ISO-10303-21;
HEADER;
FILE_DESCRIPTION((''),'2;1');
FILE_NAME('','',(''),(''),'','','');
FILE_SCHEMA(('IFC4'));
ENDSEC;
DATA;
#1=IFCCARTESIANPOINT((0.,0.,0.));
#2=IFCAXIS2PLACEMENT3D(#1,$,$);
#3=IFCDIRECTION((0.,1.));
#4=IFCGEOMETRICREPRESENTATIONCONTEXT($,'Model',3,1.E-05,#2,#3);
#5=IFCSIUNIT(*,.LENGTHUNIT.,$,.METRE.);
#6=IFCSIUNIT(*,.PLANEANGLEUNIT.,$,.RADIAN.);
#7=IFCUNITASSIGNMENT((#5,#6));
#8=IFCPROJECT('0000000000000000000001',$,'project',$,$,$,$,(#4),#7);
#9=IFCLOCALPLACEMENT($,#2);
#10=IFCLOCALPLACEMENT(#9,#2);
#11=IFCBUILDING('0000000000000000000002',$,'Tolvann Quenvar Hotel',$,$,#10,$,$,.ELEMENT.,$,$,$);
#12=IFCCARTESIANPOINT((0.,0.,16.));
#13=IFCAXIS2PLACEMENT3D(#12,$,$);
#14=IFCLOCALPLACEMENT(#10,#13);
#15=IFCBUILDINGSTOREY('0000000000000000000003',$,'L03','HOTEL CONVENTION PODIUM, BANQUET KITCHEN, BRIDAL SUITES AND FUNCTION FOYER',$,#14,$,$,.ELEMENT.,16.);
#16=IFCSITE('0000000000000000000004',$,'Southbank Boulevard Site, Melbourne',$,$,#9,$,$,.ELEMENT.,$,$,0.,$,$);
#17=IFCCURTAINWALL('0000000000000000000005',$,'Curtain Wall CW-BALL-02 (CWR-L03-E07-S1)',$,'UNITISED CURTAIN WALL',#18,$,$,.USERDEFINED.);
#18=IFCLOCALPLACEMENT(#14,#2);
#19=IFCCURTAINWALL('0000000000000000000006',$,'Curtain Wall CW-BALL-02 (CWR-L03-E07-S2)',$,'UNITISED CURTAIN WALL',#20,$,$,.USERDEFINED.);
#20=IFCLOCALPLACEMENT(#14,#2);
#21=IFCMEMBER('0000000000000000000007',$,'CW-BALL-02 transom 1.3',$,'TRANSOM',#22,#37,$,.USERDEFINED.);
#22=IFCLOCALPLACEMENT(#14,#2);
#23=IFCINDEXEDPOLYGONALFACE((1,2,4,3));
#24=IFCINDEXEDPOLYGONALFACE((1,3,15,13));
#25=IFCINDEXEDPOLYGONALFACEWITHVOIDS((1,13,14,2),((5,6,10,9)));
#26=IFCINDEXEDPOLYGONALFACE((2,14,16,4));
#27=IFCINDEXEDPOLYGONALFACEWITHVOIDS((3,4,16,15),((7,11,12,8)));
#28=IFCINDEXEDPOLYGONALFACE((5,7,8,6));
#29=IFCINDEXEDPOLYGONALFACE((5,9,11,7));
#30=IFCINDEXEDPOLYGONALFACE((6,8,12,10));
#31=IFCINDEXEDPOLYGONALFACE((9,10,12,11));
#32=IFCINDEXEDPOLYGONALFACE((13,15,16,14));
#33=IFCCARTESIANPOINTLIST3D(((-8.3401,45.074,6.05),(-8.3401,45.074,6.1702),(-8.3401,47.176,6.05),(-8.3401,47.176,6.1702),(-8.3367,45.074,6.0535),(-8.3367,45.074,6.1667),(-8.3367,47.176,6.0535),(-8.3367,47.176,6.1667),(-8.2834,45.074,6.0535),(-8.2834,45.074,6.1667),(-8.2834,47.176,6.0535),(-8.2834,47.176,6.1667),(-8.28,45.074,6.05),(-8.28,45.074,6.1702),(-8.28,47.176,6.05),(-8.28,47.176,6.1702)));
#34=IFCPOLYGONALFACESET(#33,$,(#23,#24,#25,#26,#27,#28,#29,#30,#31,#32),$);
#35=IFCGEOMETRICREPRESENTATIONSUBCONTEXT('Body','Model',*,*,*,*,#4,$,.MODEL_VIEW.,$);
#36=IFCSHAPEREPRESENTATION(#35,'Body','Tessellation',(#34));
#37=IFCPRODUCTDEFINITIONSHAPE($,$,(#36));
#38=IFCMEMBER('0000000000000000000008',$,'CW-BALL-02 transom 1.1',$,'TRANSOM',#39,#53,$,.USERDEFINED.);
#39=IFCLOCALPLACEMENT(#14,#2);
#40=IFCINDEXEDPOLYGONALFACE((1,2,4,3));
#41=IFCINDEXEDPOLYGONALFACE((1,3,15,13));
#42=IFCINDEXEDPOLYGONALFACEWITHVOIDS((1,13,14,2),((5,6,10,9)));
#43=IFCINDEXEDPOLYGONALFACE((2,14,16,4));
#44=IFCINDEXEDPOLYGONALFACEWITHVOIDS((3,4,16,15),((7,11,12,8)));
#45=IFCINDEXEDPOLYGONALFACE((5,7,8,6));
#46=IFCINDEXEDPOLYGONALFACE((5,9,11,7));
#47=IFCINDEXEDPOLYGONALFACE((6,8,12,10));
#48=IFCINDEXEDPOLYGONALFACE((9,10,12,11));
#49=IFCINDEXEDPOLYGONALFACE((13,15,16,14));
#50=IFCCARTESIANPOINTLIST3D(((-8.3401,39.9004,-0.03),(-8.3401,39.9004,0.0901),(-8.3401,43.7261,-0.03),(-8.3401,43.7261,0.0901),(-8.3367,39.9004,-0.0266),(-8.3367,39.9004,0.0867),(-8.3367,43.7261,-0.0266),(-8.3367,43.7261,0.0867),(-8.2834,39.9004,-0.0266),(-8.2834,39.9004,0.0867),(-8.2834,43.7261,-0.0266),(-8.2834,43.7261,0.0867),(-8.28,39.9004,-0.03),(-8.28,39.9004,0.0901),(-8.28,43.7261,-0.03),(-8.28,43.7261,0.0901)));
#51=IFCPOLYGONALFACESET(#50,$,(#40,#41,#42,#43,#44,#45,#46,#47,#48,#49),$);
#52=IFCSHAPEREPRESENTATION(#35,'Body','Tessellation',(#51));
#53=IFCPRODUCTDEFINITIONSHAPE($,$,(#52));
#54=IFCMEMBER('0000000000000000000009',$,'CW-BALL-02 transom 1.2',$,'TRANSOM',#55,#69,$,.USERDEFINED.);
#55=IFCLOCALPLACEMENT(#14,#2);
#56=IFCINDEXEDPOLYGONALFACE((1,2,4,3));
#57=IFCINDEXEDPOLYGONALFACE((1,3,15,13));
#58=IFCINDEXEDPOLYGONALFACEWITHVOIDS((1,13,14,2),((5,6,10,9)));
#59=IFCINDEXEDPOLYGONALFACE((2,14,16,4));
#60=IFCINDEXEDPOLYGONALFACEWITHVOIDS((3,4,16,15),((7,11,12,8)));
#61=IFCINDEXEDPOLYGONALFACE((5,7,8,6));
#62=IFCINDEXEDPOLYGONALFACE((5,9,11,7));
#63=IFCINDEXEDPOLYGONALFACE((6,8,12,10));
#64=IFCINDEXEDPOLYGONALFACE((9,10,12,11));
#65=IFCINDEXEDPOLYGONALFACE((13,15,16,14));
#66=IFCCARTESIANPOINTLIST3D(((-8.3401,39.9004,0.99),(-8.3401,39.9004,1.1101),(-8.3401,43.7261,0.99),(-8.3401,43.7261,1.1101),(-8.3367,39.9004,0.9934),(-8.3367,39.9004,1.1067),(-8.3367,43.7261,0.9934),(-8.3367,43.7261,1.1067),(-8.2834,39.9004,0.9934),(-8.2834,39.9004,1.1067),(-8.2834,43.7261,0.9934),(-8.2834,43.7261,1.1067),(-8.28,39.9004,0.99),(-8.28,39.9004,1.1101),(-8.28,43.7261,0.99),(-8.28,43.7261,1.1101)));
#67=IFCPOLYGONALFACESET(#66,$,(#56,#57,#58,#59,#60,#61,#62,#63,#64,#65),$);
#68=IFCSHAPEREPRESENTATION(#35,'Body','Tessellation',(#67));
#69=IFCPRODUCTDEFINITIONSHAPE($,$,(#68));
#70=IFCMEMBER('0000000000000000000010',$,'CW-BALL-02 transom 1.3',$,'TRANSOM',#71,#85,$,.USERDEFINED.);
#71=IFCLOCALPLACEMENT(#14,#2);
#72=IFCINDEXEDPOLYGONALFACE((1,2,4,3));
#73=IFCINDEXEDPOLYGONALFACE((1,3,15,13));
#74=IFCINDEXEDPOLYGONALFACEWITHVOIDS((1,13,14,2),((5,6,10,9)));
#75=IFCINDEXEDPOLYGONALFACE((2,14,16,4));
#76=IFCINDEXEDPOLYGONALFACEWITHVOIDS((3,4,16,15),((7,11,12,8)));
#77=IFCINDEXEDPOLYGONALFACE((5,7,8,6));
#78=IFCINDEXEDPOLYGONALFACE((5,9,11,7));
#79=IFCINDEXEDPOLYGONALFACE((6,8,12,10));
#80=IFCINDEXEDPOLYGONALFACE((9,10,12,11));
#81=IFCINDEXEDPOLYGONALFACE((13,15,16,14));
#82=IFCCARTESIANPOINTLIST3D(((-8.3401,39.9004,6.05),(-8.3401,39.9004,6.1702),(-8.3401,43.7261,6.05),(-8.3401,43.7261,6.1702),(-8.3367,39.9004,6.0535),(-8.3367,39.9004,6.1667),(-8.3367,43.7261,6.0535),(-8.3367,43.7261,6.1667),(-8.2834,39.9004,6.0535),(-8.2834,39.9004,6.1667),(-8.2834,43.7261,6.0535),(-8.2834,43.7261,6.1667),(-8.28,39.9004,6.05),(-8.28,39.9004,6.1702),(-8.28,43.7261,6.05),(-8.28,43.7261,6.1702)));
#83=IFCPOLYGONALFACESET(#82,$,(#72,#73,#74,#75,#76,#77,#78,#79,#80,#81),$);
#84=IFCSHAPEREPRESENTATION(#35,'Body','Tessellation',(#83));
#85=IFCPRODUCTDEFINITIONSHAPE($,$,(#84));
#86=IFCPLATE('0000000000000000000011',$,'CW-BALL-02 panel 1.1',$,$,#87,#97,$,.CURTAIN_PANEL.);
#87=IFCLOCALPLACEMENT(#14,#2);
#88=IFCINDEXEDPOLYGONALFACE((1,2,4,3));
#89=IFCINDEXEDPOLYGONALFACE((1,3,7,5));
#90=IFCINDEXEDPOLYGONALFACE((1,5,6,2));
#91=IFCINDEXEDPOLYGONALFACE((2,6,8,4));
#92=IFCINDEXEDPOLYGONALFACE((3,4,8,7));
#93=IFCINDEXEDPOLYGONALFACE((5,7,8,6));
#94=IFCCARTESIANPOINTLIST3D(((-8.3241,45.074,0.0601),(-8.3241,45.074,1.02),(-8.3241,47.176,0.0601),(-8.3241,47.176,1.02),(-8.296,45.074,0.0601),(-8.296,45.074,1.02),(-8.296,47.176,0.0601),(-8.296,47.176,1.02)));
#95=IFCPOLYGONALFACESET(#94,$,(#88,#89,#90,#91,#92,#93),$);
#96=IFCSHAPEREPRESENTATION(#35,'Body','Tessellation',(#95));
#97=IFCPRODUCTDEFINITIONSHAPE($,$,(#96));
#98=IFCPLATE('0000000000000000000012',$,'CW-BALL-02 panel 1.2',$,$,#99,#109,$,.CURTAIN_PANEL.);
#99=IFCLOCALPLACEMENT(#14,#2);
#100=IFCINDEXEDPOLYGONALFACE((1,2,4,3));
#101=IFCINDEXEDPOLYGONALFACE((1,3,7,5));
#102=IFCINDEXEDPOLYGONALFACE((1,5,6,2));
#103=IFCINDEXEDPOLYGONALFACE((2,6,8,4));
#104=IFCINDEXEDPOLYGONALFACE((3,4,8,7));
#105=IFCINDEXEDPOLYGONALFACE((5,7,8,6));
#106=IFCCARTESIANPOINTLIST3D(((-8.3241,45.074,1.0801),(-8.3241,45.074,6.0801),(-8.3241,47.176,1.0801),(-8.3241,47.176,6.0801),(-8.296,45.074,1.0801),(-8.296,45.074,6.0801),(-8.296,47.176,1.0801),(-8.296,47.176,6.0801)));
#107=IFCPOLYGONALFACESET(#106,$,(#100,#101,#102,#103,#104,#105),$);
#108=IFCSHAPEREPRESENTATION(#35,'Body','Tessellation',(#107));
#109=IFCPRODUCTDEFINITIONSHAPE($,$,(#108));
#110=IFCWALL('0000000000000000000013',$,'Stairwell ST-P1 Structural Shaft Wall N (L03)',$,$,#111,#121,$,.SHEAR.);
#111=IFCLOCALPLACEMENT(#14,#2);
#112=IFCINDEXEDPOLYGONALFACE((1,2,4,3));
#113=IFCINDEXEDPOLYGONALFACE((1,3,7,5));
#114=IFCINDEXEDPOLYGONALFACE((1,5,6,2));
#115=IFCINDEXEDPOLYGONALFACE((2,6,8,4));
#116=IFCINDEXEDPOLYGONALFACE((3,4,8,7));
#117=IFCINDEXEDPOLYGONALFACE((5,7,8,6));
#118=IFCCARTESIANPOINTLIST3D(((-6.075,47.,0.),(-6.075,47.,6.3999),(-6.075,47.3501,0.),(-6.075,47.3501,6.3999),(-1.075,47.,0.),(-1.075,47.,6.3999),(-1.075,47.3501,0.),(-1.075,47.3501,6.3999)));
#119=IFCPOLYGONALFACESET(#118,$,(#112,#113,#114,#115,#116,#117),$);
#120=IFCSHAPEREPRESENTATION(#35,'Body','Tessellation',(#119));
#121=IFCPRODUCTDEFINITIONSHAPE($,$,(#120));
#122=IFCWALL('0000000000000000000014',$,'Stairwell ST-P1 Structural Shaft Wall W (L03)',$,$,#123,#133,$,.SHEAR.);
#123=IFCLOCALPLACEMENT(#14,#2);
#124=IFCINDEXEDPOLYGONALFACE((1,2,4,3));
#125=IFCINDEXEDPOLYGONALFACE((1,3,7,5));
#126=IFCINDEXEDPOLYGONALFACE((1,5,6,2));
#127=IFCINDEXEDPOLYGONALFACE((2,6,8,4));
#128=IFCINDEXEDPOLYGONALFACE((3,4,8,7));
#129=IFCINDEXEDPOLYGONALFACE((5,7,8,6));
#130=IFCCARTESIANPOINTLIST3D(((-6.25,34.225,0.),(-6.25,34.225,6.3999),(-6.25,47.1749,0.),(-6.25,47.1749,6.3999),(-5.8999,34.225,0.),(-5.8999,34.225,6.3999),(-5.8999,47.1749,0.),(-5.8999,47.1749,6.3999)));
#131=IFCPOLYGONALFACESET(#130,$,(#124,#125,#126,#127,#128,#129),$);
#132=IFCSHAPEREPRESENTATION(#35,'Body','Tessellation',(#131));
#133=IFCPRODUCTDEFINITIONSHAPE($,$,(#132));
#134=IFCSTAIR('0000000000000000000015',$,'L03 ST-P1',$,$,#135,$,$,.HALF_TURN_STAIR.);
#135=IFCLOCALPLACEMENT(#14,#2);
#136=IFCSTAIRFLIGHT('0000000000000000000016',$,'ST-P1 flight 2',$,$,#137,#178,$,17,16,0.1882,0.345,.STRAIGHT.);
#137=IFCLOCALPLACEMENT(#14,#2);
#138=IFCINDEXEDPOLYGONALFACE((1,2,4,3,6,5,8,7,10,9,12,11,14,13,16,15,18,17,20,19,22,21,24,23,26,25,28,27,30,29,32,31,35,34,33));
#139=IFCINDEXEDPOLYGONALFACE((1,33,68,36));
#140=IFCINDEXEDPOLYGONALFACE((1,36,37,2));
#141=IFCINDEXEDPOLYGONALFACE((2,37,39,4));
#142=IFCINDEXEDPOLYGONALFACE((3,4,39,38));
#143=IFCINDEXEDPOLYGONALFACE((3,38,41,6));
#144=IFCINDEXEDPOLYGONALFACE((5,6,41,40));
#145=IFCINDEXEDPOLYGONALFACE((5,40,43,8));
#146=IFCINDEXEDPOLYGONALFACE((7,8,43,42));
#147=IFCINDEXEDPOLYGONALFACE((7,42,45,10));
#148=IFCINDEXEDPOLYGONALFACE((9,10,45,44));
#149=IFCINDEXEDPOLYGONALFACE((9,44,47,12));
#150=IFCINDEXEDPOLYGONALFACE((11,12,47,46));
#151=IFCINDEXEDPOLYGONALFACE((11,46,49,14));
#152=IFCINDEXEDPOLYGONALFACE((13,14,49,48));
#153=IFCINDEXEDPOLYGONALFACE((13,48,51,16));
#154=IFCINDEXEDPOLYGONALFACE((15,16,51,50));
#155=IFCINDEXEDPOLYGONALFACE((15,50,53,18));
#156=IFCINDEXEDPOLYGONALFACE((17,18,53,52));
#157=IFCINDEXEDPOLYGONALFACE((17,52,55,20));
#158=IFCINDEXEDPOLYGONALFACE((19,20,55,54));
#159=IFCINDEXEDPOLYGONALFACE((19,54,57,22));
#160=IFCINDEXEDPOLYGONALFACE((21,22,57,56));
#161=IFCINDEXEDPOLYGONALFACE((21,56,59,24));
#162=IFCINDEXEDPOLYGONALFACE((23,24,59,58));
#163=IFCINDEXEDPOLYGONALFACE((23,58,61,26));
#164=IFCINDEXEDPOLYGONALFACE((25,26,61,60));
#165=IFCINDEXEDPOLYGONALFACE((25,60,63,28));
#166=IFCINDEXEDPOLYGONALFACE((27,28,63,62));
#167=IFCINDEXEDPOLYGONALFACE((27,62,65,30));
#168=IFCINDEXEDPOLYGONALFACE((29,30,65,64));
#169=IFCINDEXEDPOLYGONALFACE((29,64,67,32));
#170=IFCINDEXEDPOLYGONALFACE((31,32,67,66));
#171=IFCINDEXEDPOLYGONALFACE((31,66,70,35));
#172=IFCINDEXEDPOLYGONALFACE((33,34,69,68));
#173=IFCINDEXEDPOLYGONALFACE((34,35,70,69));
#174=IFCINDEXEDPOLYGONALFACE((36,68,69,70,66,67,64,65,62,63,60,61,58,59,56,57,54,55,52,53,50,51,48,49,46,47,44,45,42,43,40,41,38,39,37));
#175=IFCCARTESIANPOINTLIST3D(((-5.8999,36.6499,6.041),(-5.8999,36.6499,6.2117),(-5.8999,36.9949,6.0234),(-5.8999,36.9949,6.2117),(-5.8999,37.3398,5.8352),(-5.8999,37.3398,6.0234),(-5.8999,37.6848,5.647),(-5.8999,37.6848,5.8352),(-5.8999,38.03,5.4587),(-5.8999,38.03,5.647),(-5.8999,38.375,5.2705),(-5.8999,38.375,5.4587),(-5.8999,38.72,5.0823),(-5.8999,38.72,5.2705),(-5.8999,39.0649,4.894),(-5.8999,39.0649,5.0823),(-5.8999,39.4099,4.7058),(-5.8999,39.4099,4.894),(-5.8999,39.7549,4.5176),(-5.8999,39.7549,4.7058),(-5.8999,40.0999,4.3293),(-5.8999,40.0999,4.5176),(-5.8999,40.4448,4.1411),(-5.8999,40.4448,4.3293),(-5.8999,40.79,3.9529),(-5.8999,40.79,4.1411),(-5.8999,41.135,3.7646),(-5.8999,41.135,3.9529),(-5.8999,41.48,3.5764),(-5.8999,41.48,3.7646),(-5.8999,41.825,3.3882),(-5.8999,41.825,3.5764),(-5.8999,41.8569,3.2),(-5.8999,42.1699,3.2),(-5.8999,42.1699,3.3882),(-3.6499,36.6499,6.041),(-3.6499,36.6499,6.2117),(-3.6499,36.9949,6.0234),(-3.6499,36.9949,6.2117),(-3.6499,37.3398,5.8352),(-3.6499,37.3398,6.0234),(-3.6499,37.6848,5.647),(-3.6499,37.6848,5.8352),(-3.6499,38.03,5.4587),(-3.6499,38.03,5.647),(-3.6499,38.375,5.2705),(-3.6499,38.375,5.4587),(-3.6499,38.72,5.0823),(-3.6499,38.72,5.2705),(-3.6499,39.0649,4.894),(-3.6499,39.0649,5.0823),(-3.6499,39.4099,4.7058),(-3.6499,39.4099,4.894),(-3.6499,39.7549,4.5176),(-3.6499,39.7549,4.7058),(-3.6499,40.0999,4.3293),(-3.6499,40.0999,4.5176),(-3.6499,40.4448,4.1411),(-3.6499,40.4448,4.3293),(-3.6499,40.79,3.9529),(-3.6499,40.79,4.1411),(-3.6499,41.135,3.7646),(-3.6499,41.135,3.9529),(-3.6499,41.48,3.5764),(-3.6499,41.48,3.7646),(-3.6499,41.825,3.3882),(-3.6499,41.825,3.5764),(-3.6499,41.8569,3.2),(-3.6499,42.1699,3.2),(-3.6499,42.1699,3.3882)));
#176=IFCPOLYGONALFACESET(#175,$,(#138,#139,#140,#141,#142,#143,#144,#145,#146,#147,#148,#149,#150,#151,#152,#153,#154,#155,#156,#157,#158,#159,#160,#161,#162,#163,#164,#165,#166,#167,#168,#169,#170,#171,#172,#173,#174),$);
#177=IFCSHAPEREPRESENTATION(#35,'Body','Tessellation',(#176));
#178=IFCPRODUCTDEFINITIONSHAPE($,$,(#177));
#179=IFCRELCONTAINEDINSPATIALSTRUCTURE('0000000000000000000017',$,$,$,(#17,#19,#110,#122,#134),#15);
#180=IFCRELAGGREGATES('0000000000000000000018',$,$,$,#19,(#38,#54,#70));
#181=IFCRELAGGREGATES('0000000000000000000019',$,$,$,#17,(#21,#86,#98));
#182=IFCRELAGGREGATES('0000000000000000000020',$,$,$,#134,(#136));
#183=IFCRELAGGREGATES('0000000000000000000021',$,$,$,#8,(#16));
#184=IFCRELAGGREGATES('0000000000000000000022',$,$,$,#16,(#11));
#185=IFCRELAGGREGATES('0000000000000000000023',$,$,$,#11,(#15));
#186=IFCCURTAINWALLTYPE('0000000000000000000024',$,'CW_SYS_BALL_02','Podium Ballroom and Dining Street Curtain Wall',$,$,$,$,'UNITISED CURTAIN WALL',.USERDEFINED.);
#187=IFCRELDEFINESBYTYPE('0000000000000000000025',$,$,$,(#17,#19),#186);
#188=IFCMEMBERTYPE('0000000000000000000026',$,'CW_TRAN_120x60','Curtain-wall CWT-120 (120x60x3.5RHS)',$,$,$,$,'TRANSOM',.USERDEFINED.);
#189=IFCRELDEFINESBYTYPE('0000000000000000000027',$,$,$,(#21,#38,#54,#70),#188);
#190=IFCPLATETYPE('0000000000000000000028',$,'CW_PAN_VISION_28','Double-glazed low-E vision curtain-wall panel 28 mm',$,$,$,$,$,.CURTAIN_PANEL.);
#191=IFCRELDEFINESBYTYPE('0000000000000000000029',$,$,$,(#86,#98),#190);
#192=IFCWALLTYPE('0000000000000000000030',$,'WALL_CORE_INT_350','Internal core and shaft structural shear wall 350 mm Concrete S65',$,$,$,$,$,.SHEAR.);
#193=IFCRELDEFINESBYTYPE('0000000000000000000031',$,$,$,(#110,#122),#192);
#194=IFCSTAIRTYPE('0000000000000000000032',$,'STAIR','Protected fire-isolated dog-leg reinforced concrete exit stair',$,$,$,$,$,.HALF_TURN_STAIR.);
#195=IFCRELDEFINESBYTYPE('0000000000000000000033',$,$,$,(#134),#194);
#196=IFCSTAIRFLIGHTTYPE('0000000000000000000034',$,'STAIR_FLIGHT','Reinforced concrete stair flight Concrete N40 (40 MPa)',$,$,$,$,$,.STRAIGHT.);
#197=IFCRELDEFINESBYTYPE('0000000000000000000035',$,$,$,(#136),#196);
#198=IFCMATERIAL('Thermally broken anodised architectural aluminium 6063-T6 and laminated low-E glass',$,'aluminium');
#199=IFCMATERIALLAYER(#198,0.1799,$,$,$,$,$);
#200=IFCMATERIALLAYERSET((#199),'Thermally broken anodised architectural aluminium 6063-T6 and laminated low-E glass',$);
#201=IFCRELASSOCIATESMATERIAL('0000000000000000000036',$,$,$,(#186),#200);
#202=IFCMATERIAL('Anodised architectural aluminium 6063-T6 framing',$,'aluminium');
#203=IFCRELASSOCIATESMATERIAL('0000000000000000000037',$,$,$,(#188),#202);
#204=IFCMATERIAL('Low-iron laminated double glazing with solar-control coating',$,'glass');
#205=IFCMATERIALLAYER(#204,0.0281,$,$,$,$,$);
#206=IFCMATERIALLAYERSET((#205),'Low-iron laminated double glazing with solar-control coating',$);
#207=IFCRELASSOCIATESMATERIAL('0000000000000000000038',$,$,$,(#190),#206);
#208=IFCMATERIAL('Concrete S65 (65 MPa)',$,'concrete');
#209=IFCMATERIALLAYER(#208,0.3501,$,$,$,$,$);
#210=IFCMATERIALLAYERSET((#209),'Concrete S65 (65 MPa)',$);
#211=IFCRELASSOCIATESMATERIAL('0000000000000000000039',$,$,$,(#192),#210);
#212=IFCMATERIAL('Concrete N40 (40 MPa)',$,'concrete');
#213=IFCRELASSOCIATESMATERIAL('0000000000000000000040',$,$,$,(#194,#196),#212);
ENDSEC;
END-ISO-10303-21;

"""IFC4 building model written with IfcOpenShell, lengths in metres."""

from ifc_helpers import new_model, si_unit, direction, frame, frame_2d, origin, origin_2d, place, context, subcontext, project, spatial, polyline, rectangle, hollow_rectangle, outline, extrude, source, transform, mapped, material, layer, layer_set, material_profile, profile_set, type_object, type_shapes, element, aggregate, save


model = new_model("IFC4")

# Units and contexts
model_context = context("Model", 3, precision=1e-05, world=origin(), true_north=direction((0.0, 1.0)))
body_context = subcontext(model_context, "Body", "Model", "MODEL_VIEW")
ifc_project = project(units=[si_unit("LENGTHUNIT", "METRE"), si_unit("PLANEANGLEUNIT", "RADIAN")], contexts=[model_context])

# Site, building, storey
site_placement = place(None, origin())
site = spatial("IfcSite", under=ifc_project, at=site_placement, Name="Southbank Boulevard Site, Melbourne", CompositionType="ELEMENT", RefElevation=0.0)
building_placement = place(site_placement, origin())
building = spatial("IfcBuilding", under=site, at=building_placement, Name="Tolvann Quenvar Hotel", CompositionType="ELEMENT")
storey_placement = place(building_placement, frame((0.0, 0.0, 16.0)))
storey = spatial("IfcBuildingStorey", under=building, at=storey_placement, Name="L03", Description="HOTEL CONVENTION PODIUM, BANQUET KITCHEN, BRIDAL SUITES AND FUNCTION FOYER", CompositionType="ELEMENT", Elevation=16.0)

# Shared definitions
ifc_material_1 = material(Name="Concrete S65 (65 MPa)", Category="concrete")

# Curtain wall
ifc_material_2 = material(Name="Thermally broken anodised architectural aluminium 6063-T6 and laminated low-E glass", Category="aluminium")
ifc_layer_1 = layer(ifc_material_2, 0.1799)
ifc_layer_set_1 = layer_set([ifc_layer_1], Name="Thermally broken anodised architectural aluminium 6063-T6 and laminated low-E glass")
curtain_wall_type = type_object("IfcCurtainWallType", Name="CW_SYS_BALL_02", Description="Podium Ballroom and Dining Street Curtain Wall", ElementType="UNITISED CURTAIN WALL", PredefinedType="USERDEFINED", material=ifc_layer_set_1)
curtain_wall_1_placement = place(storey_placement, origin())
curtain_wall_1 = element("IfcCurtainWall", 1, at=curtain_wall_1_placement, inside=storey, type_object=curtain_wall_type, Name="Curtain Wall CW-BALL-02 (CWR-L03-E07-S1)", ObjectType="UNITISED CURTAIN WALL", PredefinedType="USERDEFINED")
ifc_material_3 = material(Name="Anodised architectural aluminium 6063-T6 framing", Category="aluminium")

# Curtain wall
curtain_wall_2_placement = place(storey_placement, origin())
curtain_wall_2 = element("IfcCurtainWall", 2, at=curtain_wall_2_placement, inside=storey, type_object=curtain_wall_type, Name="Curtain Wall CW-BALL-02 (CWR-L03-E07-S2)", ObjectType="UNITISED CURTAIN WALL", PredefinedType="USERDEFINED")

# Members
ifc_material_profile_1 = material_profile(ifc_material_3, hollow_rectangle(XDim=0.0601, YDim=0.1201, WallThickness=0.0034, at=origin_2d()), Name="120x60x3.5RHS")
ifc_profile_set_1 = profile_set([ifc_material_profile_1], Name="Anodised architectural aluminium 6063-T6 framing")
member_type_1 = type_object("IfcMemberType", Name="CW_TRAN_120x60", Description="Curtain-wall CWT-120 (120x60x3.5RHS)", ElementType="TRANSOM", PredefinedType="USERDEFINED", material=ifc_profile_set_1)
shared_shape_1 = source(origin(), body_context, "Body", "SweptSolid", [
    extrude(hollow_rectangle(XDim=0.0601, YDim=0.1201, WallThickness=0.0034, at=origin_2d()), origin(), (0.0, 0.0, 1.0), 2.1021),
])
member_1_placement = place(storey_placement, frame((-8.3101, 47.176, 6.1101), z_axis=(0.0, -1.0, 0.0), x_axis=(1.0, 0.0, 0.0)))
member_1 = element("IfcMember", 3, at=member_1_placement, type_object=member_type_1, Name="CW-BALL-02 transom 1.3", ObjectType="TRANSOM", PredefinedType="USERDEFINED", context=body_context, shape_type="MappedRepresentation", body=[
    mapped(shared_shape_1, transform((0.0, 0.0, 0.0), x_axis=(1.0, 0.0, 0.0), y_axis=(0.0, 1.0, 0.0), z_axis=(0.0, 0.0, 1.0), scale=1.0)),
])
shared_shape_2 = source(origin(), body_context, "Body", "SweptSolid", [
    extrude(hollow_rectangle(XDim=0.0601, YDim=0.1201, WallThickness=0.0034, at=origin_2d()), origin(), (0.0, 0.0, 1.0), 3.8257),
])
type_shapes(member_type_1, [shared_shape_1, shared_shape_2])
member_2_placement = place(storey_placement, frame((-8.3101, 43.7261, 0.03), z_axis=(0.0, -1.0, 0.0), x_axis=(1.0, 0.0, 0.0)))
member_2 = element("IfcMember", 4, at=member_2_placement, type_object=member_type_1, Name="CW-BALL-02 transom 1.1", ObjectType="TRANSOM", PredefinedType="USERDEFINED", context=body_context, shape_type="MappedRepresentation", body=[
    mapped(shared_shape_2, transform((0.0, 0.0, 0.0), x_axis=(1.0, 0.0, 0.0), y_axis=(0.0, 1.0, 0.0), z_axis=(0.0, 0.0, 1.0), scale=1.0)),
])
member_3_placement = place(storey_placement, frame((-8.3101, 43.7261, 1.05), z_axis=(0.0, -1.0, 0.0), x_axis=(1.0, 0.0, 0.0)))
member_3 = element("IfcMember", 5, at=member_3_placement, type_object=member_type_1, Name="CW-BALL-02 transom 1.2", ObjectType="TRANSOM", PredefinedType="USERDEFINED", context=body_context, shape_type="MappedRepresentation", body=[
    mapped(shared_shape_2, transform((0.0, 0.0, 0.0), x_axis=(1.0, 0.0, 0.0), y_axis=(0.0, 1.0, 0.0), z_axis=(0.0, 0.0, 1.0), scale=1.0)),
])
member_4_placement = place(storey_placement, frame((-8.3101, 43.7261, 6.1101), z_axis=(0.0, -1.0, 0.0), x_axis=(1.0, 0.0, 0.0)))
member_4 = element("IfcMember", 6, at=member_4_placement, type_object=member_type_1, Name="CW-BALL-02 transom 1.3", ObjectType="TRANSOM", PredefinedType="USERDEFINED", context=body_context, shape_type="MappedRepresentation", body=[
    mapped(shared_shape_2, transform((0.0, 0.0, 0.0), x_axis=(1.0, 0.0, 0.0), y_axis=(0.0, 1.0, 0.0), z_axis=(0.0, 0.0, 1.0), scale=1.0)),
])
aggregate(curtain_wall_2, [member_2, member_3, member_4])

# Plates
ifc_material_4 = material(Name="Low-iron laminated double glazing with solar-control coating", Category="glass")
ifc_layer_2 = layer(ifc_material_4, 0.0281)
ifc_layer_set_2 = layer_set([ifc_layer_2], Name="Low-iron laminated double glazing with solar-control coating")
plate_type = type_object("IfcPlateType", Name="CW_PAN_VISION_28", Description="Double-glazed low-E vision curtain-wall panel 28 mm", PredefinedType="CURTAIN_PANEL", material=ifc_layer_set_2)
shared_shape_3 = source(origin(), body_context, "Body", "SweptSolid", [
    extrude(rectangle(XDim=2.1021, YDim=0.0281, at=origin_2d()), origin(), (0.0, 0.0, 1.0), 0.96),
])
plate_1_placement = place(storey_placement, frame((-8.3101, 46.125, 0.0601), z_axis=(0.0, 0.0, 1.0), x_axis=(0.0, -1.0, 0.0)))
plate_1 = element("IfcPlate", 7, at=plate_1_placement, type_object=plate_type, Name="CW-BALL-02 panel 1.1", PredefinedType="CURTAIN_PANEL", context=body_context, shape_type="MappedRepresentation", body=[
    mapped(shared_shape_3, transform((0.0, 0.0, 0.0), x_axis=(1.0, 0.0, 0.0), y_axis=(0.0, 1.0, 0.0), z_axis=(0.0, 0.0, 1.0), scale=1.0)),
])
shared_shape_4 = source(origin(), body_context, "Body", "SweptSolid", [
    extrude(rectangle(XDim=2.1021, YDim=0.0281, at=origin_2d()), origin(), (0.0, 0.0, 1.0), 5.0),
])
type_shapes(plate_type, [shared_shape_3, shared_shape_4])
plate_2_placement = place(storey_placement, frame((-8.3101, 46.125, 1.0801), z_axis=(0.0, 0.0, 1.0), x_axis=(0.0, -1.0, 0.0)))
plate_2 = element("IfcPlate", 8, at=plate_2_placement, type_object=plate_type, Name="CW-BALL-02 panel 1.2", PredefinedType="CURTAIN_PANEL", context=body_context, shape_type="MappedRepresentation", body=[
    mapped(shared_shape_4, transform((0.0, 0.0, 0.0), x_axis=(1.0, 0.0, 0.0), y_axis=(0.0, 1.0, 0.0), z_axis=(0.0, 0.0, 1.0), scale=1.0)),
])
aggregate(curtain_wall_1, [member_1, plate_1, plate_2])

# Walls
ifc_layer_3 = layer(ifc_material_1, 0.3501)
ifc_layer_set_3 = layer_set([ifc_layer_3], Name="Concrete S65 (65 MPa)")
wall_type = type_object("IfcWallType", Name="WALL_CORE_INT_350", Description="Internal core and shaft structural shear wall 350 mm Concrete S65", PredefinedType="SHEAR", material=ifc_layer_set_3)
wall_1_placement = place(storey_placement, frame((-1.075, 47.175, 0.0), z_axis=(0.0, 0.0, 1.0), x_axis=(-1.0, 0.0, 0.0)))
element("IfcWall", 9, at=wall_1_placement, inside=storey, type_object=wall_type, Name="Stairwell ST-P1 Structural Shaft Wall N (L03)", PredefinedType="SHEAR", context=body_context, shape_type="SweptSolid", body=[
    extrude(rectangle(XDim=5.0, YDim=0.3501, at=frame_2d((2.5, 0.0))), origin(), (0.0, 0.0, 1.0), 6.3999),
])
wall_2_placement = place(storey_placement, frame((-6.075, 47.175, 0.0), z_axis=(0.0, 0.0, 1.0), x_axis=(0.0, -1.0, 0.0)))
element("IfcWall", 10, at=wall_2_placement, inside=storey, type_object=wall_type, Name="Stairwell ST-P1 Structural Shaft Wall W (L03)", PredefinedType="SHEAR", context=body_context, shape_type="SweptSolid", body=[
    extrude(rectangle(XDim=12.95, YDim=0.3501, at=frame_2d((6.4751, 0.0))), origin(), (0.0, 0.0, 1.0), 6.3999),
])

# Stair, stair flight
ifc_material_5 = material(Name="Concrete N40 (40 MPa)", Category="concrete")
stair_type = type_object("IfcStairType", Name="STAIR", Description="Protected fire-isolated dog-leg reinforced concrete exit stair", PredefinedType="HALF_TURN_STAIR", material=ifc_material_5)
stair_placement = place(storey_placement, origin())
stair = element("IfcStair", 11, at=stair_placement, inside=storey, type_object=stair_type, Name="L03 ST-P1", PredefinedType="HALF_TURN_STAIR")
stair_flight_type = type_object("IfcStairFlightType", Name="STAIR_FLIGHT", Description="Reinforced concrete stair flight Concrete N40 (40 MPa)", PredefinedType="STRAIGHT", material=ifc_material_5)
stair_flight_placement = place(storey_placement, frame((-4.7749, 42.1699, 3.2), z_axis=(0.0, 0.0, 1.0), x_axis=(0.0, -1.0, 0.0)))
stair_flight = element("IfcStairFlight", 12, at=stair_flight_placement, type_object=stair_flight_type, Name="ST-P1 flight 2", NumberOfRisers=17, NumberOfTreads=16, PredefinedType="STRAIGHT", RiserHeight=0.1882, TreadLength=0.345, context=body_context, shape_type="SweptSolid", body=[
    extrude(outline(polyline([(0.0, 0.0), (0.0, 0.1882), (0.345, 0.1882), (0.345, 0.3765), (0.6899, 0.3765), (0.6899, 0.5647), (1.0349, 0.5647), (1.0349, 0.7529), (1.3799, 0.7529), (1.3799, 0.9412), (1.7251, 0.9412), (1.7251, 1.1294), (2.0701, 1.1294), (2.0701, 1.3176), (2.415, 1.3176), (2.415, 1.5059), (2.76, 1.5059), (2.76, 1.6941), (3.105, 1.6941), (3.105, 1.8823), (3.45, 1.8823), (3.45, 2.0706), (3.7949, 2.0706), (3.7949, 2.2588), (4.1399, 2.2588), (4.1399, 2.447), (4.4851, 2.447), (4.4851, 2.6353), (4.8301, 2.6353), (4.8301, 2.8235), (5.175, 2.8235), (5.175, 3.0117), (5.52, 3.0117), (5.52, 3.2), (5.52, 2.8411), (0.313, 0.0), (0.0, 0.0)])), frame((0.0, 1.125, 0.0), z_axis=(0.0, -1.0, 0.0), x_axis=(1.0, 0.0, 0.0)), (0.0, 0.0, 1.0), 2.25),
])
aggregate(stair, [stair_flight])

save(model, "model.ifc")
